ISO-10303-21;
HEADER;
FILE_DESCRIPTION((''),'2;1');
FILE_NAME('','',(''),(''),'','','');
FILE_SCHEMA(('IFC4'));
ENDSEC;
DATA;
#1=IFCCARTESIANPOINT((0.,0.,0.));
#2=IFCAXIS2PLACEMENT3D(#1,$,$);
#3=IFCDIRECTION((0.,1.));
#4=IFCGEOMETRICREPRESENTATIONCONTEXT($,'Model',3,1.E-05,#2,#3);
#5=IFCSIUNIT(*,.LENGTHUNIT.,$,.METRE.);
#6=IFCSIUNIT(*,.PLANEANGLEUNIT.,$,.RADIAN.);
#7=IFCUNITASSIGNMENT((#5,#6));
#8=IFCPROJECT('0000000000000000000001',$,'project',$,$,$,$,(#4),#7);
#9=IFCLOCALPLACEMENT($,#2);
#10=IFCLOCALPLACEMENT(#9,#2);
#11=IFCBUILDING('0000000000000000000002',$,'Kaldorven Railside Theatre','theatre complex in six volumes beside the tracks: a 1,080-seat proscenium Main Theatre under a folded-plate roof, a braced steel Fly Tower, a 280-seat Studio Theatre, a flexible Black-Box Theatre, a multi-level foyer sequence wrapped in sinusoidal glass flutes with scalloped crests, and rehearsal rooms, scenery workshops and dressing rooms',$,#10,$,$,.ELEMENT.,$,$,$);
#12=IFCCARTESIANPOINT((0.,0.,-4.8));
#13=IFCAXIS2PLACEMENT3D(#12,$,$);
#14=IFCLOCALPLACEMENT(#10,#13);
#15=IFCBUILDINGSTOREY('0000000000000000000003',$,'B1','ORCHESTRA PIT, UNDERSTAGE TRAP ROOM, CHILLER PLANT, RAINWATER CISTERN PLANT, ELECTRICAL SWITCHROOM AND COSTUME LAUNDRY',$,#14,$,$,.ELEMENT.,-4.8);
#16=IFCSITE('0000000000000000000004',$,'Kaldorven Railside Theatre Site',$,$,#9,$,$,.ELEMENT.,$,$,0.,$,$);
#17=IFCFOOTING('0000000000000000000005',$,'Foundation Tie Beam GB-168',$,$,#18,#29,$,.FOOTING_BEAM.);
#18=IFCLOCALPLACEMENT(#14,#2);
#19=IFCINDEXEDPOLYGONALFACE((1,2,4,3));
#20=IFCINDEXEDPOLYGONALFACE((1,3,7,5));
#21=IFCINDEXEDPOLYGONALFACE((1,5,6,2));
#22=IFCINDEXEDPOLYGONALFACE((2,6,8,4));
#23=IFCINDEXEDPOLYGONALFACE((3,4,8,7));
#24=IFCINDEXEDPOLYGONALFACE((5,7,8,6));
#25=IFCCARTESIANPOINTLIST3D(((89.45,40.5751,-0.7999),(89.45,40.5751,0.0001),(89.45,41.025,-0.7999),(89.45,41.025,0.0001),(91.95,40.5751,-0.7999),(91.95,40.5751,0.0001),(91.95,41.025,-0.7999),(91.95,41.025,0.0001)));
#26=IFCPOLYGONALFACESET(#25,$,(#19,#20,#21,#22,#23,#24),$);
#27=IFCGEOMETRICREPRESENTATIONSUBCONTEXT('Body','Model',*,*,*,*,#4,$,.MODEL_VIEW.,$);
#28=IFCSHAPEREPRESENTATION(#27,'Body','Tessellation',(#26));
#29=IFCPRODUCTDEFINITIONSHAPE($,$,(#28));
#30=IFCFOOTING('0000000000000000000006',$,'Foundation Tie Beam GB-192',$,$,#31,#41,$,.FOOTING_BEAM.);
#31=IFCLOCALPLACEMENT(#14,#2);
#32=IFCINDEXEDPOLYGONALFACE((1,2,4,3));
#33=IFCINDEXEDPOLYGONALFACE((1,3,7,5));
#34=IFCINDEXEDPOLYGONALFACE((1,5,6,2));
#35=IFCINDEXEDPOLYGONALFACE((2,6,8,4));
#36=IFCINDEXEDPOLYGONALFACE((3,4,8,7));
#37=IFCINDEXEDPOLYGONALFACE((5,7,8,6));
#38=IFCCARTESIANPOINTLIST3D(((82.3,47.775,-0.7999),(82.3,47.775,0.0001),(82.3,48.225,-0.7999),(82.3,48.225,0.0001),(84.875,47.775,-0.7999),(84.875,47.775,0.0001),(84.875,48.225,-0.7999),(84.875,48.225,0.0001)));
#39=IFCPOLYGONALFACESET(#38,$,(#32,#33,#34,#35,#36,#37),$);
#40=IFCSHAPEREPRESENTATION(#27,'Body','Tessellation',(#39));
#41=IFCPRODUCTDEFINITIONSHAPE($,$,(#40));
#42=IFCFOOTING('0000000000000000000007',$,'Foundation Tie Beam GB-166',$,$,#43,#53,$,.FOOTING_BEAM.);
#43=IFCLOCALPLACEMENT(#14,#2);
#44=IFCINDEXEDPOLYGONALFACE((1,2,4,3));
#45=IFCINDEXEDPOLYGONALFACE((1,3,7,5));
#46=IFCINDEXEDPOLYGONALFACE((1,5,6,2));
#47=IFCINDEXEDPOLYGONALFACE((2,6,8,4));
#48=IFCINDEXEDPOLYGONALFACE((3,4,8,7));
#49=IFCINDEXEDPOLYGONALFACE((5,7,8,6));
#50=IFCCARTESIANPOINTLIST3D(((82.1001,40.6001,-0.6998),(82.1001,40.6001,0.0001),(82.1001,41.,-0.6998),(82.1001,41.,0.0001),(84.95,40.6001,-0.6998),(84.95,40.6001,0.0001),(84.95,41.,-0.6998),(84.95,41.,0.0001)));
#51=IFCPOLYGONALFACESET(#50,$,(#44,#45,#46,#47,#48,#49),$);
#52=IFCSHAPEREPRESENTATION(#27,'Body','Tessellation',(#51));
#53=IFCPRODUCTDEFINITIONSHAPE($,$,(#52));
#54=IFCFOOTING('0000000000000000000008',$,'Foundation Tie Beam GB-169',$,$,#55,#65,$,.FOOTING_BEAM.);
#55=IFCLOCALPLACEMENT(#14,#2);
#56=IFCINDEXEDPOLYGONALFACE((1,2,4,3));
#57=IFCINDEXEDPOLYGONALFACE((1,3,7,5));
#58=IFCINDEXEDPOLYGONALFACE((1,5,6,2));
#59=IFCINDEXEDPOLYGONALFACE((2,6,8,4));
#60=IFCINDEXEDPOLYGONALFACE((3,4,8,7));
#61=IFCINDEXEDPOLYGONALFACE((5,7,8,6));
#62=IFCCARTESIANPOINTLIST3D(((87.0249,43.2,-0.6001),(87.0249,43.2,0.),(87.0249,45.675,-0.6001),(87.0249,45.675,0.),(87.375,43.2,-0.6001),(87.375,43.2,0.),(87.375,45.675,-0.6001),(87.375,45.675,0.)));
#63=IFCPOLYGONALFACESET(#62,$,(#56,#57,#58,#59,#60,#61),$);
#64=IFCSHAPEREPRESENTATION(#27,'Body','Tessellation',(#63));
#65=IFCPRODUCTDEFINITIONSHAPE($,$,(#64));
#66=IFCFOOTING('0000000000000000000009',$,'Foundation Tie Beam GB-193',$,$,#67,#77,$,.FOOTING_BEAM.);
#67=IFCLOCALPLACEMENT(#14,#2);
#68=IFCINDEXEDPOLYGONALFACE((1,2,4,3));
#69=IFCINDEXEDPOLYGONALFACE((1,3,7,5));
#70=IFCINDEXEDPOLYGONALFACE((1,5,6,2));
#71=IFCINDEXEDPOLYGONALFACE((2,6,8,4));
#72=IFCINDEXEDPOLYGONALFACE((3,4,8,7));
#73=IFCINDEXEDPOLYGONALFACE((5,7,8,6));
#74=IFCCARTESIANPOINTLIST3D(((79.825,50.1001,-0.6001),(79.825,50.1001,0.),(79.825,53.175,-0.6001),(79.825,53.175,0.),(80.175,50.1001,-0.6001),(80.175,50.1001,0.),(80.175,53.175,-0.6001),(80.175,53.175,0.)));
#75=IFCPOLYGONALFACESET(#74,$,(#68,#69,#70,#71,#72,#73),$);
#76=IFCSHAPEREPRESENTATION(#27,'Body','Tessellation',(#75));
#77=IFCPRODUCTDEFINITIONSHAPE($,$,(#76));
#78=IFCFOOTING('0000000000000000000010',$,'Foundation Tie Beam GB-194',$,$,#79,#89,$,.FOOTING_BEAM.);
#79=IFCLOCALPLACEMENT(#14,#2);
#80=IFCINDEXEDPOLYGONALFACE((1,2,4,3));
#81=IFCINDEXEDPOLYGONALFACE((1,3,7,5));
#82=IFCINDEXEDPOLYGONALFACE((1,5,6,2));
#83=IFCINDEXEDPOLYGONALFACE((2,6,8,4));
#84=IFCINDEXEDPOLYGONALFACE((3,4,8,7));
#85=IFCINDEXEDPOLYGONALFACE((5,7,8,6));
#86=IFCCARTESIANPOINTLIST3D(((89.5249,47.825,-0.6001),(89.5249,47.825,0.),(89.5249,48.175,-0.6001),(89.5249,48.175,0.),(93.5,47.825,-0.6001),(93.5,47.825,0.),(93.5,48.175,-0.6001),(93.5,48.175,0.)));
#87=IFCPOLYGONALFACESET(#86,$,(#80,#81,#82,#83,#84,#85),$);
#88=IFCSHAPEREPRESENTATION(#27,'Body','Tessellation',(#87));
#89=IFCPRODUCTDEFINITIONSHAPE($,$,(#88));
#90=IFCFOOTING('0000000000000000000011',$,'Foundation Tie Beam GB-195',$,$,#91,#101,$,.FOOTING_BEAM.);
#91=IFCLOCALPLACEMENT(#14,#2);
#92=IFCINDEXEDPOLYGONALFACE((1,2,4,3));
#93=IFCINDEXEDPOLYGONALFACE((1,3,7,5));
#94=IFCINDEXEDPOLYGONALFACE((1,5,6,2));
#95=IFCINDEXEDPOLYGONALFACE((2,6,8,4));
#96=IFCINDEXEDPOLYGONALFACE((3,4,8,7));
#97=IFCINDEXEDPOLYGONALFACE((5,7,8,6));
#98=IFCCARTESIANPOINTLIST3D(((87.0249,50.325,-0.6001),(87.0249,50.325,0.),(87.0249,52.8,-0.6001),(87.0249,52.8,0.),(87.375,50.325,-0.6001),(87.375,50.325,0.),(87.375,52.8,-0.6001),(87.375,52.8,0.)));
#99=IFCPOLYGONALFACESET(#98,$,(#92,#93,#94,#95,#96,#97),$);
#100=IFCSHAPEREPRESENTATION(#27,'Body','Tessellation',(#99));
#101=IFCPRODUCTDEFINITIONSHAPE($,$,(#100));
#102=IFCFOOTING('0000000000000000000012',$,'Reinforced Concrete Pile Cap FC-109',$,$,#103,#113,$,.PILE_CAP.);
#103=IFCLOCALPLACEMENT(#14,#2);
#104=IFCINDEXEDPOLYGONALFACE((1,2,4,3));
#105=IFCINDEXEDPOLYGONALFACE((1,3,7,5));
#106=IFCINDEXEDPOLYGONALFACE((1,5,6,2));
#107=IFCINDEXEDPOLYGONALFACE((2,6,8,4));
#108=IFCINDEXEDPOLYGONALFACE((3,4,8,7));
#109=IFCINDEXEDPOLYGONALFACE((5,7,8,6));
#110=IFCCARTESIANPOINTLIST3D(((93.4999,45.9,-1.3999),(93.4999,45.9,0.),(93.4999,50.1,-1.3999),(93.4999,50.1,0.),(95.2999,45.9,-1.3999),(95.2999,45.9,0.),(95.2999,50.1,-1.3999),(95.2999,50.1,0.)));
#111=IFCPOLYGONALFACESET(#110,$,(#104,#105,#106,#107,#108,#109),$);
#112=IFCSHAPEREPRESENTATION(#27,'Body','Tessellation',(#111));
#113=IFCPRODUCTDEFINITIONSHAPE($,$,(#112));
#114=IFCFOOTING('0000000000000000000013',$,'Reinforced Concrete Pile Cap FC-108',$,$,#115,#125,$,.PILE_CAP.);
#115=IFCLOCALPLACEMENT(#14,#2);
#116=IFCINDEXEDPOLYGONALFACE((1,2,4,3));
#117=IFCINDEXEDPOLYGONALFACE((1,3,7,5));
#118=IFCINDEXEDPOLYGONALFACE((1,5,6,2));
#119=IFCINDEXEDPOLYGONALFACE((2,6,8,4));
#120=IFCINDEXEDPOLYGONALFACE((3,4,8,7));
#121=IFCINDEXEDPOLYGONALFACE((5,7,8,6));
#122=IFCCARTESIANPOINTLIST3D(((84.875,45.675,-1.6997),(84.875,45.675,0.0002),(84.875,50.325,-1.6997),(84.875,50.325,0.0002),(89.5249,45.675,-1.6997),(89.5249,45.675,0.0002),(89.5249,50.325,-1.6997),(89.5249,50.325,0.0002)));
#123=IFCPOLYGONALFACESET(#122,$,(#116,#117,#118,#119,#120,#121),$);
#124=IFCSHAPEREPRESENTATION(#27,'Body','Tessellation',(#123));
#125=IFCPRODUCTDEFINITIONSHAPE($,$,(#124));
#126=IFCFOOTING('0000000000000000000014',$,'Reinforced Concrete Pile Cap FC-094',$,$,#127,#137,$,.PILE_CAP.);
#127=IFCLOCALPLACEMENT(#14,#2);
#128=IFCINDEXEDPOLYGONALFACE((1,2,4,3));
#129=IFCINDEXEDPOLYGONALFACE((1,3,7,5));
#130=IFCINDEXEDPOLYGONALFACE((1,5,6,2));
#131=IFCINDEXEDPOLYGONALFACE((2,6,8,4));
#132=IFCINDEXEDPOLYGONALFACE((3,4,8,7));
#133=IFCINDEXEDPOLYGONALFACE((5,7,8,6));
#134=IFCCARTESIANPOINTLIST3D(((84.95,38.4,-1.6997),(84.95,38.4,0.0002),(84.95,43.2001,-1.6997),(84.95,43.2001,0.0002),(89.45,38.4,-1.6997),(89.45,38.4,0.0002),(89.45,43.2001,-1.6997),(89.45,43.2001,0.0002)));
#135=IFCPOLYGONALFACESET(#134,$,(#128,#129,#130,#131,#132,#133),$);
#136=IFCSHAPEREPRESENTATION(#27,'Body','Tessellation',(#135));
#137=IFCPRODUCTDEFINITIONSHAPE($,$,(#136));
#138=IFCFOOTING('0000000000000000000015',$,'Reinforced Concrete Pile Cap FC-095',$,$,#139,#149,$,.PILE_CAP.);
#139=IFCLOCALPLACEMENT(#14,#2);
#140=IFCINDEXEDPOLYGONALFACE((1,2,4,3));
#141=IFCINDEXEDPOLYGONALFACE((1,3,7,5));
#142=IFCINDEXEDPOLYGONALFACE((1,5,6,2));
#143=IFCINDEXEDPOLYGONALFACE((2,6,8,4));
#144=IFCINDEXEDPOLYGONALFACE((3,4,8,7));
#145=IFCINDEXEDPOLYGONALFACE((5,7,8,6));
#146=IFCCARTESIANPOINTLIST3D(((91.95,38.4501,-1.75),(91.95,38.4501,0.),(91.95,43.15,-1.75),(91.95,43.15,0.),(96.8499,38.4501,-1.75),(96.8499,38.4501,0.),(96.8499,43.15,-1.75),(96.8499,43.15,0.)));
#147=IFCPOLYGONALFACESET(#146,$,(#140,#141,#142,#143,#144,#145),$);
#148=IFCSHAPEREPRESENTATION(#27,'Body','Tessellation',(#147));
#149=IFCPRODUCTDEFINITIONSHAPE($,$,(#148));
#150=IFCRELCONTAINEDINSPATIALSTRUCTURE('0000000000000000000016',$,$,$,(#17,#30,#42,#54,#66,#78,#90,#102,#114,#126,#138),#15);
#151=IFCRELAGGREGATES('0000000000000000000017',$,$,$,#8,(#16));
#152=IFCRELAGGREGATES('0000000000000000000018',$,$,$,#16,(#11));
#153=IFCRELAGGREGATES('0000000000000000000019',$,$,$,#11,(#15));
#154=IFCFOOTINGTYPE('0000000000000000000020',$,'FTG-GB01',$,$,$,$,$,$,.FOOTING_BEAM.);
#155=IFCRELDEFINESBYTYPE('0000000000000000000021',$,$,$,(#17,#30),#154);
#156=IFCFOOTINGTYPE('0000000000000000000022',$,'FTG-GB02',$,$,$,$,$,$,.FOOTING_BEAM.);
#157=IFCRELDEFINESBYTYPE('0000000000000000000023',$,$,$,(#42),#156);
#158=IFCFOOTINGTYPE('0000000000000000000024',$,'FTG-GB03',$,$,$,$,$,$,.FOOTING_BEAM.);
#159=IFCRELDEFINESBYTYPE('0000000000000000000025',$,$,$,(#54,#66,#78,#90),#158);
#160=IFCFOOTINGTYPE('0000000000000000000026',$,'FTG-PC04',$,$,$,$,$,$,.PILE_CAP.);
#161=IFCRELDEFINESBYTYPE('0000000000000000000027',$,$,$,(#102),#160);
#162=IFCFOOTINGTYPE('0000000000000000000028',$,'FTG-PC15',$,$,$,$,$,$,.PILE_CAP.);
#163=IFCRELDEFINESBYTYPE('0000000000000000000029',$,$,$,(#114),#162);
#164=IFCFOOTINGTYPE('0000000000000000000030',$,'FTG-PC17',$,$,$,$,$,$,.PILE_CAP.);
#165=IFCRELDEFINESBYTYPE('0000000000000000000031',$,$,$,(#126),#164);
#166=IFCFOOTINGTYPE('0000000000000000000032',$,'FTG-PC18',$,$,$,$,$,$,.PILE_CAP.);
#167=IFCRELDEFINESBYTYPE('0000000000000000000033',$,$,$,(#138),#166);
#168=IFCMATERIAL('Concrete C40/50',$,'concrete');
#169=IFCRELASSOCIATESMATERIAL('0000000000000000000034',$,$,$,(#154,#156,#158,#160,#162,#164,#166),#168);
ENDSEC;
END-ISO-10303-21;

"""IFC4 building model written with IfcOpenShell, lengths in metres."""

from ifc_helpers import new_model, si_unit, direction, frame, origin, origin_2d, place, context, subcontext, project, spatial, rectangle, extrude, material, material_profile, profile_set, type_object, element, save


model = new_model("IFC4")

# Units and contexts
model_context = context("Model", 3, precision=1e-05, world=origin(), true_north=direction((0.0, 1.0)))
body_context = subcontext(model_context, "Body", "Model", "MODEL_VIEW")
ifc_project = project(units=[si_unit("LENGTHUNIT", "METRE"), si_unit("PLANEANGLEUNIT", "RADIAN")], contexts=[model_context])

# Site, building, storey
site_placement = place(None, origin())
site = spatial("IfcSite", under=ifc_project, at=site_placement, Name="Kaldorven Railside Theatre Site", CompositionType="ELEMENT", RefElevation=0.0)
building_placement = place(site_placement, origin())
building = spatial("IfcBuilding", under=site, at=building_placement, Name="Kaldorven Railside Theatre", Description="theatre complex in six volumes beside the tracks: a 1,080-seat proscenium Main Theatre under a folded-plate roof, a braced steel Fly Tower, a 280-seat Studio Theatre, a flexible Black-Box Theatre, a multi-level foyer sequence wrapped in sinusoidal glass flutes with scalloped crests, and rehearsal rooms, scenery workshops and dressing rooms", CompositionType="ELEMENT")
storey_placement = place(building_placement, frame((0.0, 0.0, -4.8)))
storey = spatial("IfcBuildingStorey", under=building, at=storey_placement, Name="B1", Description="ORCHESTRA PIT, UNDERSTAGE TRAP ROOM, CHILLER PLANT, RAINWATER CISTERN PLANT, ELECTRICAL SWITCHROOM AND COSTUME LAUNDRY", CompositionType="ELEMENT", Elevation=-4.8)

# Footings
ifc_material_1 = material(Name="Concrete C40/50", Category="concrete")
ifc_material_profile_1 = material_profile(ifc_material_1, rectangle(XDim=0.45, YDim=0.8, at=origin_2d()), Name="RC 450x800")
ifc_profile_set_1 = profile_set([ifc_material_profile_1], Name="Concrete C40/50")
footing_type_1 = type_object("IfcFootingType", Name="FTG-GB01", PredefinedType="FOOTING_BEAM", material=ifc_profile_set_1)
footing_1_placement = place(storey_placement, frame((89.45, 40.8, -0.3999), z_axis=(1.0, 0.0, 0.0), x_axis=(0.0, 1.0, 0.0)))
element("IfcFooting", 1, at=footing_1_placement, inside=storey, type_object=footing_type_1, Name="Foundation Tie Beam GB-168", PredefinedType="FOOTING_BEAM", context=body_context, shape_type="SweptSolid", body=[
    extrude(rectangle(XDim=0.45, YDim=0.8, at=origin_2d()), origin(), (0.0, 0.0, 1.0), 2.5),
])
footing_2_placement = place(storey_placement, frame((82.3, 48.0, -0.3999), z_axis=(1.0, 0.0, 0.0), x_axis=(0.0, 1.0, 0.0)))
element("IfcFooting", 2, at=footing_2_placement, inside=storey, type_object=footing_type_1, Name="Foundation Tie Beam GB-192", PredefinedType="FOOTING_BEAM", context=body_context, shape_type="SweptSolid", body=[
    extrude(rectangle(XDim=0.45, YDim=0.8, at=origin_2d()), origin(), (0.0, 0.0, 1.0), 2.575),
])
ifc_material_profile_2 = material_profile(ifc_material_1, rectangle(XDim=0.3999, YDim=0.7, at=origin_2d()), Name="RC 400x700")
ifc_profile_set_2 = profile_set([ifc_material_profile_2], Name="Concrete C40/50")
footing_type_2 = type_object("IfcFootingType", Name="FTG-GB02", PredefinedType="FOOTING_BEAM", material=ifc_profile_set_2)
footing_3_placement = place(storey_placement, frame((82.1001, 40.8, -0.3499), z_axis=(1.0, 0.0, 0.0), x_axis=(0.0, 1.0, 0.0)))
element("IfcFooting", 3, at=footing_3_placement, inside=storey, type_object=footing_type_2, Name="Foundation Tie Beam GB-166", PredefinedType="FOOTING_BEAM", context=body_context, shape_type="SweptSolid", body=[
    extrude(rectangle(XDim=0.3999, YDim=0.7, at=origin_2d()), origin(), (0.0, 0.0, 1.0), 2.8499),
])
ifc_material_profile_3 = material_profile(ifc_material_1, rectangle(XDim=0.3501, YDim=0.6001, at=origin_2d()), Name="RC 350x600")
ifc_profile_set_3 = profile_set([ifc_material_profile_3], Name="Concrete C40/50")
footing_type_3 = type_object("IfcFootingType", Name="FTG-GB03", PredefinedType="FOOTING_BEAM", material=ifc_profile_set_3)
footing_4_placement = place(storey_placement, frame((87.2, 43.2, -0.3), z_axis=(0.0, 1.0, 0.0), x_axis=(-1.0, 0.0, 0.0)))
element("IfcFooting", 4, at=footing_4_placement, inside=storey, type_object=footing_type_3, Name="Foundation Tie Beam GB-169", PredefinedType="FOOTING_BEAM", context=body_context, shape_type="SweptSolid", body=[
    extrude(rectangle(XDim=0.3501, YDim=0.6001, at=origin_2d()), origin(), (0.0, 0.0, 1.0), 2.4751),
])
footing_5_placement = place(storey_placement, frame((80.0, 50.1001, -0.3), z_axis=(0.0, 1.0, 0.0), x_axis=(-1.0, 0.0, 0.0)))
element("IfcFooting", 5, at=footing_5_placement, inside=storey, type_object=footing_type_3, Name="Foundation Tie Beam GB-193", PredefinedType="FOOTING_BEAM", context=body_context, shape_type="SweptSolid", body=[
    extrude(rectangle(XDim=0.3501, YDim=0.6001, at=origin_2d()), origin(), (0.0, 0.0, 1.0), 3.075),
])
footing_6_placement = place(storey_placement, frame((89.5249, 48.0, -0.3), z_axis=(1.0, 0.0, 0.0), x_axis=(0.0, 1.0, 0.0)))
element("IfcFooting", 6, at=footing_6_placement, inside=storey, type_object=footing_type_3, Name="Foundation Tie Beam GB-194", PredefinedType="FOOTING_BEAM", context=body_context, shape_type="SweptSolid", body=[
    extrude(rectangle(XDim=0.3501, YDim=0.6001, at=origin_2d()), origin(), (0.0, 0.0, 1.0), 3.9751),
])
footing_7_placement = place(storey_placement, frame((87.2, 50.325, -0.3), z_axis=(0.0, 1.0, 0.0), x_axis=(-1.0, 0.0, 0.0)))
element("IfcFooting", 7, at=footing_7_placement, inside=storey, type_object=footing_type_3, Name="Foundation Tie Beam GB-195", PredefinedType="FOOTING_BEAM", context=body_context, shape_type="SweptSolid", body=[
    extrude(rectangle(XDim=0.3501, YDim=0.6001, at=origin_2d()), origin(), (0.0, 0.0, 1.0), 2.4751),
])
footing_type_4 = type_object("IfcFootingType", Name="FTG-PC04", PredefinedType="PILE_CAP", material=ifc_material_1)
footing_8_placement = place(storey_placement, frame((94.3999, 48.0, -1.3999), z_axis=(0.0, 0.0, 1.0), x_axis=(1.0, 0.0, 0.0)))
element("IfcFooting", 8, at=footing_8_placement, inside=storey, type_object=footing_type_4, Name="Reinforced Concrete Pile Cap FC-109", PredefinedType="PILE_CAP", context=body_context, shape_type="SweptSolid", body=[
    extrude(rectangle(XDim=1.8, YDim=4.2, at=origin_2d()), origin(), (0.0, 0.0, 1.0), 1.3999),
])
footing_type_5 = type_object("IfcFootingType", Name="FTG-PC15", PredefinedType="PILE_CAP", material=ifc_material_1)
footing_9_placement = place(storey_placement, frame((87.2, 48.0, -1.6997), z_axis=(0.0, 0.0, 1.0), x_axis=(1.0, 0.0, 0.0)))
element("IfcFooting", 9, at=footing_9_placement, inside=storey, type_object=footing_type_5, Name="Reinforced Concrete Pile Cap FC-108", PredefinedType="PILE_CAP", context=body_context, shape_type="SweptSolid", body=[
    extrude(rectangle(XDim=4.6499, YDim=4.6499, at=origin_2d()), origin(), (0.0, 0.0, 1.0), 1.7),
])
footing_type_6 = type_object("IfcFootingType", Name="FTG-PC17", PredefinedType="PILE_CAP", material=ifc_material_1)
footing_10_placement = place(storey_placement, frame((87.2, 40.8, -1.6997), z_axis=(0.0, 0.0, 1.0), x_axis=(1.0, 0.0, 0.0)))
element("IfcFooting", 10, at=footing_10_placement, inside=storey, type_object=footing_type_6, Name="Reinforced Concrete Pile Cap FC-094", PredefinedType="PILE_CAP", context=body_context, shape_type="SweptSolid", body=[
    extrude(rectangle(XDim=4.5, YDim=4.8, at=origin_2d()), origin(), (0.0, 0.0, 1.0), 1.7),
])
footing_type_7 = type_object("IfcFootingType", Name="FTG-PC18", PredefinedType="PILE_CAP", material=ifc_material_1)
footing_11_placement = place(storey_placement, frame((94.3999, 40.8, -1.75), z_axis=(0.0, 0.0, 1.0), x_axis=(1.0, 0.0, 0.0)))
element("IfcFooting", 11, at=footing_11_placement, inside=storey, type_object=footing_type_7, Name="Reinforced Concrete Pile Cap FC-095", PredefinedType="PILE_CAP", context=body_context, shape_type="SweptSolid", body=[
    extrude(rectangle(XDim=4.8999, YDim=4.7, at=origin_2d()), origin(), (0.0, 0.0, 1.0), 1.75),
])

save(model, "model.ifc")
